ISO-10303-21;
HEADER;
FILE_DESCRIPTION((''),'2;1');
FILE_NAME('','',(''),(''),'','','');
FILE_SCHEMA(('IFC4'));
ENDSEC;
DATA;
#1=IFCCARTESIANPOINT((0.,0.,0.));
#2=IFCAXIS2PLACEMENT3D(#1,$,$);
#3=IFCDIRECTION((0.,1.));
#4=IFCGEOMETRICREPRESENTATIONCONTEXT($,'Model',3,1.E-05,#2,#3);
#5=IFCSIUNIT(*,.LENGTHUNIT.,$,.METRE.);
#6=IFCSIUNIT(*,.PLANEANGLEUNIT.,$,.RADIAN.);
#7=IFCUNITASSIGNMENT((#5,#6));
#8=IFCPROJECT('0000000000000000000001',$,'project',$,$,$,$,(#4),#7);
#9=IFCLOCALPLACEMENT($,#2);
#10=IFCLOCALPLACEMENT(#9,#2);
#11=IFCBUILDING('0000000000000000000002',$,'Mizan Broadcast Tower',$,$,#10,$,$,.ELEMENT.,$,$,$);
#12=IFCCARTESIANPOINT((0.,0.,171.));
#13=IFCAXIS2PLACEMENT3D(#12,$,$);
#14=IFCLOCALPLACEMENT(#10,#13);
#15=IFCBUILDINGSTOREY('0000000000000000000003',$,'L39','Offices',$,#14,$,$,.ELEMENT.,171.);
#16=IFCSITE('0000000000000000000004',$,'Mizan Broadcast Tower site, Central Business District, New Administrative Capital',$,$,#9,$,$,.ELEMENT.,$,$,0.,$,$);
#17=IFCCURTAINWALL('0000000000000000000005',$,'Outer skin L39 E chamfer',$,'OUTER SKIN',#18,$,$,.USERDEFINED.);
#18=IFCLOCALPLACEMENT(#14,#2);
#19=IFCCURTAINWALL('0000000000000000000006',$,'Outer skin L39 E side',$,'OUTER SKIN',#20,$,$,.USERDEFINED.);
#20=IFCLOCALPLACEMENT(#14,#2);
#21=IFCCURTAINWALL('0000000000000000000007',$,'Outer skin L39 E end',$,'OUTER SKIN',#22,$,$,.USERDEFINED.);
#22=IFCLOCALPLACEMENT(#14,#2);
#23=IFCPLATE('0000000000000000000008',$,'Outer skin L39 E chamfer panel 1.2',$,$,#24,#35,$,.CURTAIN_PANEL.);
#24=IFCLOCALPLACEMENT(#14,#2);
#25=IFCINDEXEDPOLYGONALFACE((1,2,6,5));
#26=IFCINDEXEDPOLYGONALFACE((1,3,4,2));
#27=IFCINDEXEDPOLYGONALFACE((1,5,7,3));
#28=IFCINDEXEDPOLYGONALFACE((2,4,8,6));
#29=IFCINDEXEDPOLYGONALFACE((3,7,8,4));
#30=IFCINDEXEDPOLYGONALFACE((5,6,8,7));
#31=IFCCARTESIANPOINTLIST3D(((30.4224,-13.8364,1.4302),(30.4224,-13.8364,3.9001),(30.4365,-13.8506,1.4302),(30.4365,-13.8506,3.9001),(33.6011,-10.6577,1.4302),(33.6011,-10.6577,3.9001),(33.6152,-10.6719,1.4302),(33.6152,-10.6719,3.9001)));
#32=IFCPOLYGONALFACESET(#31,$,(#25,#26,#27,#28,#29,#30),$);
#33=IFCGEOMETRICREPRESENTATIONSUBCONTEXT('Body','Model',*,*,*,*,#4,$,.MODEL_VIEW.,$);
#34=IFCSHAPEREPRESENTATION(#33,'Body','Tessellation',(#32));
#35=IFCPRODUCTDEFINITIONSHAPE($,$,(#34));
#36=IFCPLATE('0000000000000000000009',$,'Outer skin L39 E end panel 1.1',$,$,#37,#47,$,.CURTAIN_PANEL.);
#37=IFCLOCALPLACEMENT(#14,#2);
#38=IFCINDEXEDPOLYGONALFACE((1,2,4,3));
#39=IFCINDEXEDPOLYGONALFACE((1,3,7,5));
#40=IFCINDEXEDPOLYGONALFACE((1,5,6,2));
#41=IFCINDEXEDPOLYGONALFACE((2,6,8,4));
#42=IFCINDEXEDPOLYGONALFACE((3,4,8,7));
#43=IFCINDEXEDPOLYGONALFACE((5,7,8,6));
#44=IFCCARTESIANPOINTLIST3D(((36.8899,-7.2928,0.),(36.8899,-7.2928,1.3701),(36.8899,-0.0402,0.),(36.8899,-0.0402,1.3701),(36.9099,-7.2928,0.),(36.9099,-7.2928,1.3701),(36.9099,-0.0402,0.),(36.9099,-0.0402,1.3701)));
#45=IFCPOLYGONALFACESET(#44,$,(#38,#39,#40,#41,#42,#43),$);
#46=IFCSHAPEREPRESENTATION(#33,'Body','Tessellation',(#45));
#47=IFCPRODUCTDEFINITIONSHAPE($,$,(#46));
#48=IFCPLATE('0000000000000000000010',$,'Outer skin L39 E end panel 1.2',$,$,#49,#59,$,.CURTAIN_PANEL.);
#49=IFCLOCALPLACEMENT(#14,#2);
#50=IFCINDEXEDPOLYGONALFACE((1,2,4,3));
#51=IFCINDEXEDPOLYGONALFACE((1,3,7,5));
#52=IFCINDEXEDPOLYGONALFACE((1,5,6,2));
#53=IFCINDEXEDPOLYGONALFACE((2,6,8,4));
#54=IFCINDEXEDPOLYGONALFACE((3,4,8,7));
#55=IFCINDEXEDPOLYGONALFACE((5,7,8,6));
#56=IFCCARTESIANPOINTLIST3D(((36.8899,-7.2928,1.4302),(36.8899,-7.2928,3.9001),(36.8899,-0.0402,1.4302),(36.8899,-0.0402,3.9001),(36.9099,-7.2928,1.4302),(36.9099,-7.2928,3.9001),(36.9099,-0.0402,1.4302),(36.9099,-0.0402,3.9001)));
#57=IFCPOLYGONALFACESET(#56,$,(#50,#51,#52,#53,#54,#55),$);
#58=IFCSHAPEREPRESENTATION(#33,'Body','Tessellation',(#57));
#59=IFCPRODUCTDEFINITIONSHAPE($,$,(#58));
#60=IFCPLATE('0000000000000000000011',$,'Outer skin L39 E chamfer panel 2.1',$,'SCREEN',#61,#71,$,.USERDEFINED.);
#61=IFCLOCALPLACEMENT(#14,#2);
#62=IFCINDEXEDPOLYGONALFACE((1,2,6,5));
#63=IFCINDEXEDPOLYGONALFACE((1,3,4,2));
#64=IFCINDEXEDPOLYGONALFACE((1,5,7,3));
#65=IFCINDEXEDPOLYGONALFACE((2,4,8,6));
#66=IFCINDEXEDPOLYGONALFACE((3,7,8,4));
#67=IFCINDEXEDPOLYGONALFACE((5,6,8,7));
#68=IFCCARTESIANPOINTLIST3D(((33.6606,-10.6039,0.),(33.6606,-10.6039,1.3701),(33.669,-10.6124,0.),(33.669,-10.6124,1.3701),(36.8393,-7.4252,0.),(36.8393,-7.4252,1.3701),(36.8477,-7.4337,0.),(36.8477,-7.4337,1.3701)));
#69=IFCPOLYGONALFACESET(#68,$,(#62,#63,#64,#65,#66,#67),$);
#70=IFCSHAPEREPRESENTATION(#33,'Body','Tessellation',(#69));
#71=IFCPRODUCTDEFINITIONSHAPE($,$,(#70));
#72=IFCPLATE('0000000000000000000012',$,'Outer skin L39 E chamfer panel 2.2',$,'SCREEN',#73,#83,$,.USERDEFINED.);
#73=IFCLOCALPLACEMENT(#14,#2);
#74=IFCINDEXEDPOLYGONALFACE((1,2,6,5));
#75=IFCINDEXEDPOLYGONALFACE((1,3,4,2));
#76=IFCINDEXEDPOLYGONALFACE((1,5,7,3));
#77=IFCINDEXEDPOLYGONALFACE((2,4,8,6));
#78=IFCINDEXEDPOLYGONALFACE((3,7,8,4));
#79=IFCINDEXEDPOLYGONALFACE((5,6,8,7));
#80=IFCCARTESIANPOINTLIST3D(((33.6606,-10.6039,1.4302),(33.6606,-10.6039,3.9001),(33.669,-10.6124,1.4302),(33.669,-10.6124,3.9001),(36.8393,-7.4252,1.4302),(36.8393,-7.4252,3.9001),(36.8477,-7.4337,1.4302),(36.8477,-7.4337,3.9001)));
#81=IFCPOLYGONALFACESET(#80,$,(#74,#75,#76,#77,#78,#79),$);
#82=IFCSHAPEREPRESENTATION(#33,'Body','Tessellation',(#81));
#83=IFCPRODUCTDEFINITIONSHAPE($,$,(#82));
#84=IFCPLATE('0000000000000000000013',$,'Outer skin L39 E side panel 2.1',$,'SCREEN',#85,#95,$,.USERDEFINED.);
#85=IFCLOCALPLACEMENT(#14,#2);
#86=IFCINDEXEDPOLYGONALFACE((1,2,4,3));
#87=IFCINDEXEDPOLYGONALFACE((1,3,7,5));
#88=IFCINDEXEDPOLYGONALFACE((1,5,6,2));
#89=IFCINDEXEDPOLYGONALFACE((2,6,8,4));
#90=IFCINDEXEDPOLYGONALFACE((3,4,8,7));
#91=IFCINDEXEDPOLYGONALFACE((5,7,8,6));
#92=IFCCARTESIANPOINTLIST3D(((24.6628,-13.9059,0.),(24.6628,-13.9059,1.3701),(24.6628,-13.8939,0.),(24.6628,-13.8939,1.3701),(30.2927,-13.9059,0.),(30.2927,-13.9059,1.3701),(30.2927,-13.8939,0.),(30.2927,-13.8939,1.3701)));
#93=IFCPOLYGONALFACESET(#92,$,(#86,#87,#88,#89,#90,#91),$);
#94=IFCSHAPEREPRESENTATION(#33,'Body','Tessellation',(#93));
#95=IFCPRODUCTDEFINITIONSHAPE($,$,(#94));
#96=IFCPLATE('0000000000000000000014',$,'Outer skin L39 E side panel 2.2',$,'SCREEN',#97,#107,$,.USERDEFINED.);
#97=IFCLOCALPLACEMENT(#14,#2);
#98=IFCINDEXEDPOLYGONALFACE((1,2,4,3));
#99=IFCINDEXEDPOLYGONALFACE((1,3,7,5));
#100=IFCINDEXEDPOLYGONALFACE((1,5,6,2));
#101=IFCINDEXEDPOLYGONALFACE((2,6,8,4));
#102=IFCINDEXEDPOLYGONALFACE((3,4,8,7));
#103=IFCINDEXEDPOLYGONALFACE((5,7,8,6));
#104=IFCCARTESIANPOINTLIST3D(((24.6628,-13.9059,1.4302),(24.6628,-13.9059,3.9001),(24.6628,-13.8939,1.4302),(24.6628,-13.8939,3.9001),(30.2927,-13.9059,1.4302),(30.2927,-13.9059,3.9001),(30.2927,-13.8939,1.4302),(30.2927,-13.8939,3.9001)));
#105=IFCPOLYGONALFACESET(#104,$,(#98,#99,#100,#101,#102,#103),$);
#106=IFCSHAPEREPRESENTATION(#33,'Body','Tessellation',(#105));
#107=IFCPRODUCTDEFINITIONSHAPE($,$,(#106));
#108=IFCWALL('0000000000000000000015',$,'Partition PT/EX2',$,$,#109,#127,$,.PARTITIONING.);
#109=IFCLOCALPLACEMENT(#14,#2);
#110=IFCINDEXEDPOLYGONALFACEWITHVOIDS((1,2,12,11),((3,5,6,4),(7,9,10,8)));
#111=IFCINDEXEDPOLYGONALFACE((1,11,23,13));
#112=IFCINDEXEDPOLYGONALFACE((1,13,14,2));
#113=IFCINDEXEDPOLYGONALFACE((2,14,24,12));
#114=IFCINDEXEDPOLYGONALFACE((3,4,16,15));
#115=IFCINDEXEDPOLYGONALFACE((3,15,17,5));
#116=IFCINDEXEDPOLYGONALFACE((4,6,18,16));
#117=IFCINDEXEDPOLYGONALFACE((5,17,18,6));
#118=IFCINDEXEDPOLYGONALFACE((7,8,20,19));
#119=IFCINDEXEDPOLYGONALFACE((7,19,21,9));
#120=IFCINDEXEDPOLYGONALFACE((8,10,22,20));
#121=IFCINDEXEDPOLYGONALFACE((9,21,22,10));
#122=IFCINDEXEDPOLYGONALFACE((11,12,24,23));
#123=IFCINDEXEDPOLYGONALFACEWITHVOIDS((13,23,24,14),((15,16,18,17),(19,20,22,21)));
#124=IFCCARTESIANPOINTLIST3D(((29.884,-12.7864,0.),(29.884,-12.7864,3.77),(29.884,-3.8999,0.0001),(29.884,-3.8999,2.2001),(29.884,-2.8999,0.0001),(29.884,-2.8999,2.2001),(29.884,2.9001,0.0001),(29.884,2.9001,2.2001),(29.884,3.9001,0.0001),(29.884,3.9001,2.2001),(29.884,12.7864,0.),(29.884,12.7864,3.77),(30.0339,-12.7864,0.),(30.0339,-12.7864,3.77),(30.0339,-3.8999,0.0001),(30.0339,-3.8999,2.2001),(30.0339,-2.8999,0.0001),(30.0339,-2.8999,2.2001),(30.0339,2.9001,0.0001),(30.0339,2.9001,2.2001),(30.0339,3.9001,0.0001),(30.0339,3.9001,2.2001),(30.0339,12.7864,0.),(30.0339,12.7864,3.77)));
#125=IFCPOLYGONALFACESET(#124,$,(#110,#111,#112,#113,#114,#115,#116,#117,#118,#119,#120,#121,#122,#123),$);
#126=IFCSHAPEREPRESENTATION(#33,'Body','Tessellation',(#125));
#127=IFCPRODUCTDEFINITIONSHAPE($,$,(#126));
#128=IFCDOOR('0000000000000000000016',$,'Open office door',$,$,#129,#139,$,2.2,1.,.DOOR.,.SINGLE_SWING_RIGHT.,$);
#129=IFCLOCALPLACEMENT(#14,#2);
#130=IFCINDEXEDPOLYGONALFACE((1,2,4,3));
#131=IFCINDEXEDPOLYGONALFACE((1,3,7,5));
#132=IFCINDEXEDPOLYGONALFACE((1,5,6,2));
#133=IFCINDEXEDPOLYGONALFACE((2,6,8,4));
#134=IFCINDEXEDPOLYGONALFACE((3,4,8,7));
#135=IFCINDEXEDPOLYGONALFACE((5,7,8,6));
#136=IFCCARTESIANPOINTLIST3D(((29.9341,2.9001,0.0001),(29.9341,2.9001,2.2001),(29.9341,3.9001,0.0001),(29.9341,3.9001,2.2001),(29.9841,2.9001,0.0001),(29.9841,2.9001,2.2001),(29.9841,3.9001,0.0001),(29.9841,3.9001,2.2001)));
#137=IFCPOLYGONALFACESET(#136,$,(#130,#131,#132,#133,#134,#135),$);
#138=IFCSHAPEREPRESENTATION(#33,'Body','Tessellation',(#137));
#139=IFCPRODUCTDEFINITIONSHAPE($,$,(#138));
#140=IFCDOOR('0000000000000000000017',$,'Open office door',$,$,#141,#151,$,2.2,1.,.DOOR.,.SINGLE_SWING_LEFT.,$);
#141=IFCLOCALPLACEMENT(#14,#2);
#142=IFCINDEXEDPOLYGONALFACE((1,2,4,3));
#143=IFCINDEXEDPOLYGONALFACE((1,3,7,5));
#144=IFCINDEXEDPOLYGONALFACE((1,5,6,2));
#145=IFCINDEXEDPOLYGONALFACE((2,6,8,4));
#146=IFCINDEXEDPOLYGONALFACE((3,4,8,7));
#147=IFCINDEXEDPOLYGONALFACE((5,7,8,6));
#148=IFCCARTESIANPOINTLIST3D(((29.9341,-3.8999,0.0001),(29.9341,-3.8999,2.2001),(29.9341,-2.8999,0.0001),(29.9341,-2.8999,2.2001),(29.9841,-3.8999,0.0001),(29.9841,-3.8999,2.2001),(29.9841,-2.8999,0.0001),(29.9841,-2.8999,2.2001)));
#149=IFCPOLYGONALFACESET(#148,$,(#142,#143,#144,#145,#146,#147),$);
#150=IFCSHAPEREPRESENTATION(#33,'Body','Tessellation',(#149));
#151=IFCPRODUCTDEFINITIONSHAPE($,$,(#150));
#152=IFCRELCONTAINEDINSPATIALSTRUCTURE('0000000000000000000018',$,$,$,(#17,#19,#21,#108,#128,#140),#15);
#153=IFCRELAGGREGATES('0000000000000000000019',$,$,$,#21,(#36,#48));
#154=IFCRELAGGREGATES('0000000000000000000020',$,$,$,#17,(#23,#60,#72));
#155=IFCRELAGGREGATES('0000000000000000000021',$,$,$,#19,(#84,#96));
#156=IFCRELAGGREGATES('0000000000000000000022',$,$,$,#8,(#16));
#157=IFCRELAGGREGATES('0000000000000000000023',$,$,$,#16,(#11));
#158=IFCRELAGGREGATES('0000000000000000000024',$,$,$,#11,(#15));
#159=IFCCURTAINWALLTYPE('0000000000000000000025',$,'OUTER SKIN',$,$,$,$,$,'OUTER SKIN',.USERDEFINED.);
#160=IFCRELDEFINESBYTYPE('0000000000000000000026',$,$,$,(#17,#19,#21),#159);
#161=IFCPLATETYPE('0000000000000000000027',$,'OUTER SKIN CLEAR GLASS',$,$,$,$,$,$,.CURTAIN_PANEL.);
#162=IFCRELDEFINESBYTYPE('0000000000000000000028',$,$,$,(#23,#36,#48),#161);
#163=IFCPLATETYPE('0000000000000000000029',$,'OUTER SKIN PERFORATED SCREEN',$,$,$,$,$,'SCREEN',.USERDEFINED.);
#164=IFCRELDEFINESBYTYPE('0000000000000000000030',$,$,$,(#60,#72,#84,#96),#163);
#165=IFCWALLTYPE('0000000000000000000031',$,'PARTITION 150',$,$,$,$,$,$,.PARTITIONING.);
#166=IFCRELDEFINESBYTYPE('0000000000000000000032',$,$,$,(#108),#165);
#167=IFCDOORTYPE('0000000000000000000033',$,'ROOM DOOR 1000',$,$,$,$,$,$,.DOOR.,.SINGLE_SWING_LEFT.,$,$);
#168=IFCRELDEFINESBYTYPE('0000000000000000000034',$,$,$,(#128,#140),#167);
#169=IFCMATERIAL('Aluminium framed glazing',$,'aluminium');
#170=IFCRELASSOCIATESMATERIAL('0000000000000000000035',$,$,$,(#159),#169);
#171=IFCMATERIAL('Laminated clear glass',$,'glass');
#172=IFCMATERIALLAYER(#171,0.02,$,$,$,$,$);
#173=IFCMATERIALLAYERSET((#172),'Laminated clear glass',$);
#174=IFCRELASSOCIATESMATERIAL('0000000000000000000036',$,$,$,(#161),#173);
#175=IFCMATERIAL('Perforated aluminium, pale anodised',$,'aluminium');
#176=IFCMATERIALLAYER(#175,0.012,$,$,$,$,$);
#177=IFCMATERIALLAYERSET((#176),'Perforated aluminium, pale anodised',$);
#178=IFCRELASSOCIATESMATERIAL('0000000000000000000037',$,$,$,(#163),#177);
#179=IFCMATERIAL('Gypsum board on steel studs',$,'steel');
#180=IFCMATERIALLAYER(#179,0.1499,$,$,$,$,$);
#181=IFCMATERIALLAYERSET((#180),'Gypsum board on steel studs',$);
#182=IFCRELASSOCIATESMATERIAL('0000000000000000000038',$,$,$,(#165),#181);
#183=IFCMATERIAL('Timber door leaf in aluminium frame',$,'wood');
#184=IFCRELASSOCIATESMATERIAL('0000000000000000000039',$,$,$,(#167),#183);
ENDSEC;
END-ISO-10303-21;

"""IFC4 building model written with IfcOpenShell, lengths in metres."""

from ifc_helpers import new_model, si_unit, direction, frame, frame_2d, origin, origin_2d, place, context, subcontext, project, spatial, rectangle, extrude, material, layer, layer_set, type_object, element, fill, aggregate, save


model = new_model("IFC4")

# Units and contexts
model_context = context("Model", 3, precision=1e-05, world=origin(), true_north=direction((0.0, 1.0)))
body_context = subcontext(model_context, "Body", "Model", "MODEL_VIEW")
ifc_project = project(units=[si_unit("LENGTHUNIT", "METRE"), si_unit("PLANEANGLEUNIT", "RADIAN")], contexts=[model_context])

# Site, building, storey
site_placement = place(None, origin())
site = spatial("IfcSite", under=ifc_project, at=site_placement, Name="Mizan Broadcast Tower site, Central Business District, New Administrative Capital", CompositionType="ELEMENT", RefElevation=0.0)
building_placement = place(site_placement, origin())
building = spatial("IfcBuilding", under=site, at=building_placement, Name="Mizan Broadcast Tower", CompositionType="ELEMENT")
storey_placement = place(building_placement, frame((0.0, 0.0, 171.0)))
storey = spatial("IfcBuildingStorey", under=building, at=storey_placement, Name="L39", Description="Offices", CompositionType="ELEMENT", Elevation=171.0)

# Curtain wall
ifc_material_1 = material(Name="Aluminium framed glazing", Category="aluminium")
curtain_wall_type_1 = type_object("IfcCurtainWallType", Name="OUTER SKIN", ElementType="OUTER SKIN", PredefinedType="USERDEFINED", material=ifc_material_1)
curtain_wall_1_placement = place(storey_placement, origin())
curtain_wall_1 = element("IfcCurtainWall", 1, at=curtain_wall_1_placement, inside=storey, type_object=curtain_wall_type_1, Name="Outer skin L39 E chamfer", ObjectType="OUTER SKIN", PredefinedType="USERDEFINED")

# Curtain wall
curtain_wall_2_placement = place(storey_placement, origin())
curtain_wall_2 = element("IfcCurtainWall", 2, at=curtain_wall_2_placement, inside=storey, type_object=curtain_wall_type_1, Name="Outer skin L39 E side", ObjectType="OUTER SKIN", PredefinedType="USERDEFINED")

# Curtain wall
curtain_wall_3_placement = place(storey_placement, origin())
curtain_wall_3 = element("IfcCurtainWall", 3, at=curtain_wall_3_placement, inside=storey, type_object=curtain_wall_type_1, Name="Outer skin L39 E end", ObjectType="OUTER SKIN", PredefinedType="USERDEFINED")

# Plates
ifc_material_2 = material(Name="Laminated clear glass", Category="glass")
ifc_layer_1 = layer(ifc_material_2, 0.02)
ifc_layer_set_1 = layer_set([ifc_layer_1], Name="Laminated clear glass")
plate_type_1 = type_object("IfcPlateType", Name="OUTER SKIN CLEAR GLASS", PredefinedType="CURTAIN_PANEL", material=ifc_layer_set_1)
plate_1_placement = place(storey_placement, frame((32.0188, -12.2542, 1.4302), z_axis=(0.0, 0.0, 1.0), x_axis=(0.707107, 0.707107, 0.0)))
plate_1 = element("IfcPlate", 4, at=plate_1_placement, type_object=plate_type_1, Name="Outer skin L39 E chamfer panel 1.2", PredefinedType="CURTAIN_PANEL", context=body_context, shape_type="SweptSolid", body=[
    extrude(rectangle(XDim=4.4954, YDim=0.02, at=origin_2d()), origin(), (0.0, 0.0, 1.0), 2.47),
])
plate_2_placement = place(storey_placement, frame((36.8999, -3.6665, 0.0), z_axis=(0.0, 0.0, 1.0), x_axis=(0.0, 1.0, 0.0)))
plate_2 = element("IfcPlate", 5, at=plate_2_placement, type_object=plate_type_1, Name="Outer skin L39 E end panel 1.1", PredefinedType="CURTAIN_PANEL", context=body_context, shape_type="SweptSolid", body=[
    extrude(rectangle(XDim=7.2527, YDim=0.02, at=origin_2d()), origin(), (0.0, 0.0, 1.0), 1.3701),
])
plate_3_placement = place(storey_placement, frame((36.8999, -3.6665, 1.4302), z_axis=(0.0, 0.0, 1.0), x_axis=(0.0, 1.0, 0.0)))
plate_3 = element("IfcPlate", 6, at=plate_3_placement, type_object=plate_type_1, Name="Outer skin L39 E end panel 1.2", PredefinedType="CURTAIN_PANEL", context=body_context, shape_type="SweptSolid", body=[
    extrude(rectangle(XDim=7.2527, YDim=0.02, at=origin_2d()), origin(), (0.0, 0.0, 1.0), 2.47),
])
aggregate(curtain_wall_3, [plate_2, plate_3])
ifc_material_3 = material(Name="Perforated aluminium, pale anodised", Category="aluminium")
ifc_layer_2 = layer(ifc_material_3, 0.012)
ifc_layer_set_2 = layer_set([ifc_layer_2], Name="Perforated aluminium, pale anodised")
plate_type_2 = type_object("IfcPlateType", Name="OUTER SKIN PERFORATED SCREEN", ElementType="SCREEN", PredefinedType="USERDEFINED", material=ifc_layer_set_2)
plate_4_placement = place(storey_placement, frame((35.2542, -9.0188, 0.0), z_axis=(0.0, 0.0, 1.0), x_axis=(0.707107, 0.707107, 0.0)))
plate_4 = element("IfcPlate", 7, at=plate_4_placement, type_object=plate_type_2, Name="Outer skin L39 E chamfer panel 2.1", ObjectType="SCREEN", PredefinedType="USERDEFINED", context=body_context, shape_type="SweptSolid", body=[
    extrude(rectangle(XDim=4.4954, YDim=0.012, at=origin_2d()), origin(), (0.0, 0.0, 1.0), 1.3701),
])
plate_5_placement = place(storey_placement, frame((35.2542, -9.0188, 1.4302), z_axis=(0.0, 0.0, 1.0), x_axis=(0.707107, 0.707107, 0.0)))
plate_5 = element("IfcPlate", 8, at=plate_5_placement, type_object=plate_type_2, Name="Outer skin L39 E chamfer panel 2.2", ObjectType="SCREEN", PredefinedType="USERDEFINED", context=body_context, shape_type="SweptSolid", body=[
    extrude(rectangle(XDim=4.4954, YDim=0.012, at=origin_2d()), origin(), (0.0, 0.0, 1.0), 2.47),
])
aggregate(curtain_wall_1, [plate_1, plate_4, plate_5])
plate_6_placement = place(storey_placement, frame((27.4778, -13.8999, 0.0), z_axis=(0.0, 0.0, 1.0), x_axis=(1.0, 0.0, 0.0)))
plate_6 = element("IfcPlate", 9, at=plate_6_placement, type_object=plate_type_2, Name="Outer skin L39 E side panel 2.1", ObjectType="SCREEN", PredefinedType="USERDEFINED", context=body_context, shape_type="SweptSolid", body=[
    extrude(rectangle(XDim=5.6299, YDim=0.012, at=origin_2d()), origin(), (0.0, 0.0, 1.0), 1.3701),
])
plate_7_placement = place(storey_placement, frame((27.4778, -13.8999, 1.4302), z_axis=(0.0, 0.0, 1.0), x_axis=(1.0, 0.0, 0.0)))
plate_7 = element("IfcPlate", 10, at=plate_7_placement, type_object=plate_type_2, Name="Outer skin L39 E side panel 2.2", ObjectType="SCREEN", PredefinedType="USERDEFINED", context=body_context, shape_type="SweptSolid", body=[
    extrude(rectangle(XDim=5.6299, YDim=0.012, at=origin_2d()), origin(), (0.0, 0.0, 1.0), 2.47),
])
aggregate(curtain_wall_2, [plate_6, plate_7])

# Wall, openings, doors
ifc_material_4 = material(Name="Gypsum board on steel studs", Category="steel")
ifc_layer_3 = layer(ifc_material_4, 0.1499)
ifc_layer_set_3 = layer_set([ifc_layer_3], Name="Gypsum board on steel studs")
wall_type = type_object("IfcWallType", Name="PARTITION 150", PredefinedType="PARTITIONING", material=ifc_layer_set_3)
wall_placement = place(storey_placement, frame((29.959, -12.7864, 0.0), z_axis=(0.0, 0.0, 1.0), x_axis=(0.0, 1.0, 0.0)))
wall = element("IfcWall", 11, at=wall_placement, inside=storey, type_object=wall_type, Name="Partition PT/EX2", PredefinedType="PARTITIONING", context=body_context, shape_type="SweptSolid", body=[
    extrude(rectangle(XDim=25.5728, YDim=0.1499, at=frame_2d((12.7864, 0.0))), origin(), (0.0, 0.0, 1.0), 3.77),
])
opening_1_placement = place(wall_placement, frame((15.6865, 0.0, 0.0)))
opening_1 = element("IfcOpeningElement", 12, at=opening_1_placement, cuts=wall, PredefinedType="OPENING", context=body_context, shape_type="SweptSolid", body=[
    extrude(rectangle(XDim=1.0, YDim=2.2, at=frame_2d((0.5, 1.1001))), frame((0.0, 0.085, 0.0), z_axis=(0.0, -1.0, 0.0), x_axis=(1.0, 0.0, 0.0)), (0.0, 0.0, 1.0), 0.1699),
])
opening_2_placement = place(wall_placement, frame((8.8865, 0.0, 0.0)))
opening_2 = element("IfcOpeningElement", 13, at=opening_2_placement, cuts=wall, PredefinedType="OPENING", context=body_context, shape_type="SweptSolid", body=[
    extrude(rectangle(XDim=1.0, YDim=2.2, at=frame_2d((0.5, 1.1001))), frame((0.0, 0.085, 0.0), z_axis=(0.0, -1.0, 0.0), x_axis=(1.0, 0.0, 0.0)), (0.0, 0.0, 1.0), 0.1699),
])
ifc_material_5 = material(Name="Timber door leaf in aluminium frame", Category="wood")
door_type = type_object("IfcDoorType", Name="ROOM DOOR 1000", OperationType="SINGLE_SWING_LEFT", PredefinedType="DOOR", material=ifc_material_5)
door_1_placement = place(opening_1_placement, origin())
door_1 = element("IfcDoor", 14, at=door_1_placement, inside=storey, type_object=door_type, Name="Open office door", OperationType="SINGLE_SWING_RIGHT", OverallHeight=2.2, OverallWidth=1.0, PredefinedType="DOOR", context=body_context, shape_type="SweptSolid", body=[
    extrude(rectangle(XDim=1.0, YDim=2.2, at=frame_2d((0.5, 1.1001))), frame((0.0, 0.0249, 0.0), z_axis=(0.0, -1.0, 0.0), x_axis=(1.0, 0.0, 0.0)), (0.0, 0.0, 1.0), 0.05),
])
fill(opening_1, door_1)
door_2_placement = place(opening_2_placement, origin())
door_2 = element("IfcDoor", 15, at=door_2_placement, inside=storey, type_object=door_type, Name="Open office door", OperationType="SINGLE_SWING_LEFT", OverallHeight=2.2, OverallWidth=1.0, PredefinedType="DOOR", context=body_context, shape_type="SweptSolid", body=[
    extrude(rectangle(XDim=1.0, YDim=2.2, at=frame_2d((0.5, 1.1001))), frame((0.0, 0.0249, 0.0), z_axis=(0.0, -1.0, 0.0), x_axis=(1.0, 0.0, 0.0)), (0.0, 0.0, 1.0), 0.05),
])
fill(opening_2, door_2)

save(model, "model.ifc")
